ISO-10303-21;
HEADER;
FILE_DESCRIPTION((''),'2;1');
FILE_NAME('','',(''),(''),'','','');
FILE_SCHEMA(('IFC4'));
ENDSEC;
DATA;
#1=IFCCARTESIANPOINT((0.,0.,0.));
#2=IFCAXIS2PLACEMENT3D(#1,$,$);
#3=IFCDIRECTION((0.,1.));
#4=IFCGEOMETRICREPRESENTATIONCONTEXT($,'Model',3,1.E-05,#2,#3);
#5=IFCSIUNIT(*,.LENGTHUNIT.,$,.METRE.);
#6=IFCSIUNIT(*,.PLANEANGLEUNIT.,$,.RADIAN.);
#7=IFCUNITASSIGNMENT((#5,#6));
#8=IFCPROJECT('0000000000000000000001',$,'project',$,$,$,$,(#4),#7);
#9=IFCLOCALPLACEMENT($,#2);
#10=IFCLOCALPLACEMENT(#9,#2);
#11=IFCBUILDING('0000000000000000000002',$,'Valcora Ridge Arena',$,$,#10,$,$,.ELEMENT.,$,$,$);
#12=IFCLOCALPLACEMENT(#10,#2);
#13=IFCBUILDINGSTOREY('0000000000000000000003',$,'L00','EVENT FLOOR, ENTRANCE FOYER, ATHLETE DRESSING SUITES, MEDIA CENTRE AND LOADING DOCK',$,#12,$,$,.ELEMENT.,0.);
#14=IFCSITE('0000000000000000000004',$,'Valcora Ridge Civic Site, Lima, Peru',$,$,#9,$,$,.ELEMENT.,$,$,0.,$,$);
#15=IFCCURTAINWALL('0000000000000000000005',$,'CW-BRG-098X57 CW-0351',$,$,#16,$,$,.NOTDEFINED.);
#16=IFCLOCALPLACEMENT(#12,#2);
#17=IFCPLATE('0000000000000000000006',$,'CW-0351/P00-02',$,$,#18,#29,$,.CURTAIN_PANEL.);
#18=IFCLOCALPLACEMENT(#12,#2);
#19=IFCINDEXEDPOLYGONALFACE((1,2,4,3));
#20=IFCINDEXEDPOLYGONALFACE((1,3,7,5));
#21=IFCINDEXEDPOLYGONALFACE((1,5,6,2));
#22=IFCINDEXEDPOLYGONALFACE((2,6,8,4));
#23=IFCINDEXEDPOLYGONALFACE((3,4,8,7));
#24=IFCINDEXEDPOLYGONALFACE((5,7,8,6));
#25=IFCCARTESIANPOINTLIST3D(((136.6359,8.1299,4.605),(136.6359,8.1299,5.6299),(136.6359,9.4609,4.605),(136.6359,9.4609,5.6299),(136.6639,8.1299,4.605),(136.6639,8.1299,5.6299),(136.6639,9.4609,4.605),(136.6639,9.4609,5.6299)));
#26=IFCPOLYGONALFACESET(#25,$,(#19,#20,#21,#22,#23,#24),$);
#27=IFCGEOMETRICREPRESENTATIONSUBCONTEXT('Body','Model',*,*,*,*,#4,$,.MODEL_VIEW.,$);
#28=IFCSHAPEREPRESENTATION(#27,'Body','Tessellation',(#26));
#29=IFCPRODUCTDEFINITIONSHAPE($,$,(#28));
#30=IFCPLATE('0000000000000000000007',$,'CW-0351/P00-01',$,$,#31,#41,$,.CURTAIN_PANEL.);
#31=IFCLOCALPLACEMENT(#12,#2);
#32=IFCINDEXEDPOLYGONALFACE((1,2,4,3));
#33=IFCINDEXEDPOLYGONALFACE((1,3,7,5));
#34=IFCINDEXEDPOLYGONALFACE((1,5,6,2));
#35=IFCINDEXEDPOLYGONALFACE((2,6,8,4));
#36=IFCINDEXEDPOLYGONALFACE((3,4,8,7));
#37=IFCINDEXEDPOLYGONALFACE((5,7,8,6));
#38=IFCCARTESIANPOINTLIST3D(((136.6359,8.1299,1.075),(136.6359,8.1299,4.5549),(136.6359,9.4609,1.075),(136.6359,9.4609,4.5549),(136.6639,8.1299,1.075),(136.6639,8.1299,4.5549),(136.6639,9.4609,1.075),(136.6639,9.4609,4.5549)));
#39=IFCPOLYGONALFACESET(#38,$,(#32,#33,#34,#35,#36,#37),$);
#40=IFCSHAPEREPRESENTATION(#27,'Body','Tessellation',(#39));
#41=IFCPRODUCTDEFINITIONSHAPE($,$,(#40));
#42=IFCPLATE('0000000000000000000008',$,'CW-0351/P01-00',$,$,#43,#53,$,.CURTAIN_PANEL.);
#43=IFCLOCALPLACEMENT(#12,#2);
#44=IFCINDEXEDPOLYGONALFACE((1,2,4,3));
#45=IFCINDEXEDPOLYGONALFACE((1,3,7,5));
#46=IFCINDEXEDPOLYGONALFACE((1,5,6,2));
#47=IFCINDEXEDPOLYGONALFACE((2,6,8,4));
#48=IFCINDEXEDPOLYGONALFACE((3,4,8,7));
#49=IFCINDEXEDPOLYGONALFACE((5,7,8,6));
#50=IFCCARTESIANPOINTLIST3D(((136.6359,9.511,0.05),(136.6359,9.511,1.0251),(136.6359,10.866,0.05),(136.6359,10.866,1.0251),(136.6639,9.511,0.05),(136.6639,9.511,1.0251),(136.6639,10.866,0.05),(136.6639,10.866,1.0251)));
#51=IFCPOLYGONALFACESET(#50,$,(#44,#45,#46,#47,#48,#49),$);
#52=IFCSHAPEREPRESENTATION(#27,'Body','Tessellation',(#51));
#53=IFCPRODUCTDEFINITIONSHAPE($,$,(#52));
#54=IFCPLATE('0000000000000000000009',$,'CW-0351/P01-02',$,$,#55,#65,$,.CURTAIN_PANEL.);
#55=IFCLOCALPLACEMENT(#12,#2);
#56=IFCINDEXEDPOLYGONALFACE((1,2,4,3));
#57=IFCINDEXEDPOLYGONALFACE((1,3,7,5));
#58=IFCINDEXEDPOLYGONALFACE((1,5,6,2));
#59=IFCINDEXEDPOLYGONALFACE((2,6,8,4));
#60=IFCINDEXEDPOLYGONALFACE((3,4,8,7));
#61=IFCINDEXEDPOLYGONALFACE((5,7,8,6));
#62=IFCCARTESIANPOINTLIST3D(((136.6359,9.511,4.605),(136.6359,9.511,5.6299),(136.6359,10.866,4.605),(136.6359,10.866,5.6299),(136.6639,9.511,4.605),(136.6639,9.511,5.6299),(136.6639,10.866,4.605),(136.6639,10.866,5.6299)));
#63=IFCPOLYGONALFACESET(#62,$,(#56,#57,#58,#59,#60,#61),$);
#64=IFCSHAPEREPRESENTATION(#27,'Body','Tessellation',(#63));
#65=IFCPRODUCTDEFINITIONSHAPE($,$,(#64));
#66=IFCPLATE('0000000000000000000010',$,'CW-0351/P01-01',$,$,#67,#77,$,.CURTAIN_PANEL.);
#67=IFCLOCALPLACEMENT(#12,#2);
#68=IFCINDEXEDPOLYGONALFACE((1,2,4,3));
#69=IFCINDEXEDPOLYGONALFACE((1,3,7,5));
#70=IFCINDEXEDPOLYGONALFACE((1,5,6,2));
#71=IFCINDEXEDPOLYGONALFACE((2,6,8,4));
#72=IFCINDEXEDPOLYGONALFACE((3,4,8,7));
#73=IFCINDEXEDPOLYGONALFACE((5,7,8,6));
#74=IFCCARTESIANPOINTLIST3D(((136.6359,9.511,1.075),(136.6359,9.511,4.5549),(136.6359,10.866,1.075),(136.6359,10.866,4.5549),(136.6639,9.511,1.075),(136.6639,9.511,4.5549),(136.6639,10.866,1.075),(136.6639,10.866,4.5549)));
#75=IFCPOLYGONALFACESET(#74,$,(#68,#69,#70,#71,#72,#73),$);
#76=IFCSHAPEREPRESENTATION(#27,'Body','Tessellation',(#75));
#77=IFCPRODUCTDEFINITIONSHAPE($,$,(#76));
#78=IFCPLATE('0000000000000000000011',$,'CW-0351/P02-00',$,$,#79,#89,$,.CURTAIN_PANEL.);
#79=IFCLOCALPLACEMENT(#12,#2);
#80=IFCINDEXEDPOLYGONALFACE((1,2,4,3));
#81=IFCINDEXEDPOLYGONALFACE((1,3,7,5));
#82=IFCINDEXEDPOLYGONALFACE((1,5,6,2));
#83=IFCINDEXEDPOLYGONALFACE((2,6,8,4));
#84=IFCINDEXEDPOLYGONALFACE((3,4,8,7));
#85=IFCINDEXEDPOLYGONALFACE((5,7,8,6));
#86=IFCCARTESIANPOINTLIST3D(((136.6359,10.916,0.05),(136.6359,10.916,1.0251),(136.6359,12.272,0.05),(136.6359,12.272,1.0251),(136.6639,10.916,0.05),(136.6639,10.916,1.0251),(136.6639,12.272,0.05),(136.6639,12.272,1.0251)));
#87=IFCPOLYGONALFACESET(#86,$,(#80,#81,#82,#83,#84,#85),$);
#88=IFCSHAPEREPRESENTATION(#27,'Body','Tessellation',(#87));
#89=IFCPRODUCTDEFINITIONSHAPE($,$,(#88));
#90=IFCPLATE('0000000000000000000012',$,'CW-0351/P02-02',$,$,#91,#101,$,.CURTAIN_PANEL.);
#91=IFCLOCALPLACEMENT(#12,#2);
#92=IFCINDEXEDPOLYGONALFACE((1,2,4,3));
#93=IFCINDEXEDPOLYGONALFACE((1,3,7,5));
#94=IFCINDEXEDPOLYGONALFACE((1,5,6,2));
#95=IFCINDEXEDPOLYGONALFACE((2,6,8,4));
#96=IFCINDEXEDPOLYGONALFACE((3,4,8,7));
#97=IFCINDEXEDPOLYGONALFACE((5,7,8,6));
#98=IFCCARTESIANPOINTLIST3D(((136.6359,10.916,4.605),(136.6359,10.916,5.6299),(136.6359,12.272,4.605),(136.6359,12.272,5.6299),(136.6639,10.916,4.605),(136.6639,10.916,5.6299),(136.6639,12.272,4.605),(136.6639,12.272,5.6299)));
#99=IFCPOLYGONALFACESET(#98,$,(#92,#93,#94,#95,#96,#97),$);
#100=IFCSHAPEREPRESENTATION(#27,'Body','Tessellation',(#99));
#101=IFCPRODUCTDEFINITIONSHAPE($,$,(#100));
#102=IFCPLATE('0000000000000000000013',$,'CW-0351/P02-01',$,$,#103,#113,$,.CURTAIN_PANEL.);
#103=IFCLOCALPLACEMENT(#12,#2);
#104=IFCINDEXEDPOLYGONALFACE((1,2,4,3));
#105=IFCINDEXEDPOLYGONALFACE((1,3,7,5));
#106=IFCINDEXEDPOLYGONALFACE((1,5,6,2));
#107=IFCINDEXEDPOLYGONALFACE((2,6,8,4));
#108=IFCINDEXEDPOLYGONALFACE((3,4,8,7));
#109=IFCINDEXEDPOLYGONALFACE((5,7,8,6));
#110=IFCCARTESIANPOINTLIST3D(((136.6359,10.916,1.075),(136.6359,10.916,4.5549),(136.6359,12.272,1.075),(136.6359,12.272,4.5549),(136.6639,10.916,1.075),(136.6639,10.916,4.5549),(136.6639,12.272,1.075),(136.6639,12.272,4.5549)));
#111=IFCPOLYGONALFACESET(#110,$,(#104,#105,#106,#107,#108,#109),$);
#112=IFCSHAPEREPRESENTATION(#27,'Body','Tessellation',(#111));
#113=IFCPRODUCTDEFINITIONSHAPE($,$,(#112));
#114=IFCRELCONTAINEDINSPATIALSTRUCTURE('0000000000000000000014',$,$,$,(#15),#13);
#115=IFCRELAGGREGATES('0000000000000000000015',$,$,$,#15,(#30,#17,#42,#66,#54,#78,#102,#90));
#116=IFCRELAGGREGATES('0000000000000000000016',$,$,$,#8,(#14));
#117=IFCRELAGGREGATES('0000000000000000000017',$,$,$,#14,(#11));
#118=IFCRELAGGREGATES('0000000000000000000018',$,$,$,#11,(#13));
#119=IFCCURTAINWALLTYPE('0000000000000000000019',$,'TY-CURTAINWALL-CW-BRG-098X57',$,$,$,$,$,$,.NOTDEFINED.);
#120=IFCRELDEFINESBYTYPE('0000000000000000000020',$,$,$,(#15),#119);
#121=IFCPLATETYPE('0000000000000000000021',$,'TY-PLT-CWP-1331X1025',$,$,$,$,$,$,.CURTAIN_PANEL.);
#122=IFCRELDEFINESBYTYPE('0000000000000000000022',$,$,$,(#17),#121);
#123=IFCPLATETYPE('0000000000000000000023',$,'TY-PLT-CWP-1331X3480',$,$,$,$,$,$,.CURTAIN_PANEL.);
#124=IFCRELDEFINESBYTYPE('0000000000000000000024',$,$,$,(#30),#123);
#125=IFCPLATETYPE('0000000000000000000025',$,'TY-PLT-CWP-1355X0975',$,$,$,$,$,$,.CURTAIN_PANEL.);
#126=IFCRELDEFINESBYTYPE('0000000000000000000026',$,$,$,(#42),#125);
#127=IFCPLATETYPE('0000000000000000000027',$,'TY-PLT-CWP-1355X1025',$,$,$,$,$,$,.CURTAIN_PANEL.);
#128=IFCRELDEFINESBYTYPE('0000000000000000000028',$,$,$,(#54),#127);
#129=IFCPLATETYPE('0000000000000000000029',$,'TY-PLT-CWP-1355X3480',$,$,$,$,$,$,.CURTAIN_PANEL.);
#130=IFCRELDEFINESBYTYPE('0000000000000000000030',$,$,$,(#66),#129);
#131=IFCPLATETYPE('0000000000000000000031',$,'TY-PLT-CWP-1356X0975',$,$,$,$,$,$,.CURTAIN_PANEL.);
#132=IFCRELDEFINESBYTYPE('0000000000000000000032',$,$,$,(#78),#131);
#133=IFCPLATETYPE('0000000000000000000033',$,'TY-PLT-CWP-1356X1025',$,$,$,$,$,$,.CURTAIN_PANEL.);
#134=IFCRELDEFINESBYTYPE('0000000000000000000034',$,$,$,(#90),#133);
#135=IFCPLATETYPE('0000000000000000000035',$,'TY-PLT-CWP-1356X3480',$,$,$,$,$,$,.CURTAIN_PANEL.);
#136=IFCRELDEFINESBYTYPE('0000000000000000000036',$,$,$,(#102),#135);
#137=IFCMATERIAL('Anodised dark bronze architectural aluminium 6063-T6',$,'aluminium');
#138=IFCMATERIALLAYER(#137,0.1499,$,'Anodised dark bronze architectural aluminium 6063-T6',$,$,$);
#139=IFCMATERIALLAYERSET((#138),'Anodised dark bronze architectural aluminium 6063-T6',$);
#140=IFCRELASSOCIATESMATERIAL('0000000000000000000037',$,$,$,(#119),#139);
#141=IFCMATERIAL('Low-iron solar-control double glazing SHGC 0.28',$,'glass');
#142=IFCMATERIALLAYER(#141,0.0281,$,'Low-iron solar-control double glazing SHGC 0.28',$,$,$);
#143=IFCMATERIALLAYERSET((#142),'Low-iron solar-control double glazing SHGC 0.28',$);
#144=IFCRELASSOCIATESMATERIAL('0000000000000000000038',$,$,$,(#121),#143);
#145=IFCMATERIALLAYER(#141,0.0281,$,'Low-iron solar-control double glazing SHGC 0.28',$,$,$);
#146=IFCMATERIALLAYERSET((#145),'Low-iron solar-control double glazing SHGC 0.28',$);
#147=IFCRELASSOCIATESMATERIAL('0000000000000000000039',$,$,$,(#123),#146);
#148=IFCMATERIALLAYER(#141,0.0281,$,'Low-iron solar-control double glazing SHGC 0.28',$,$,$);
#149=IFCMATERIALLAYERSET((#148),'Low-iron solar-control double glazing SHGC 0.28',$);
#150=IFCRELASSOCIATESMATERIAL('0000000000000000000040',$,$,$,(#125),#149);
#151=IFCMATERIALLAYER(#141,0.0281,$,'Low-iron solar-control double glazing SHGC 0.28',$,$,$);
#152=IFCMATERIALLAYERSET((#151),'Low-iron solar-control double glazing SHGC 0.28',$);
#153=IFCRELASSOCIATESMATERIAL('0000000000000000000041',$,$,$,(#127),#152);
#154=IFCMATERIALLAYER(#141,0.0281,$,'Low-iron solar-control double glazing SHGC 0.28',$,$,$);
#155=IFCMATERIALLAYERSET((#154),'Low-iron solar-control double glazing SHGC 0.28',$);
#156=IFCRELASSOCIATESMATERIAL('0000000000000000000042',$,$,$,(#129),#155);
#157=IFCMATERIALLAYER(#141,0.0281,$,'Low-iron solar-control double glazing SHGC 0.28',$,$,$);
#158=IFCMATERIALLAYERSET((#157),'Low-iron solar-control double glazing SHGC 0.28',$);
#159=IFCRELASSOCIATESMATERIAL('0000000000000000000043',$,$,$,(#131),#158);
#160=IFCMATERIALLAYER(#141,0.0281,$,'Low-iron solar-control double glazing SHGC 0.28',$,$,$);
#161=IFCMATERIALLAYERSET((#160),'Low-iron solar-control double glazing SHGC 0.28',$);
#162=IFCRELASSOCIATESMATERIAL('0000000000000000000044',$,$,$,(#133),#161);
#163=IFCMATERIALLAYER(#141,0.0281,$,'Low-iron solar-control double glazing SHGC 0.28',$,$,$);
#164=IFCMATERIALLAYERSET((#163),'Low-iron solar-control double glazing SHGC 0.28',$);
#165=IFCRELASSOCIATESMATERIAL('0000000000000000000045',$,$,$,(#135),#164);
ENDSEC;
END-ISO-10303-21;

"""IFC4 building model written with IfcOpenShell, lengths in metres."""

from ifc_helpers import new_model, si_unit, direction, frame, origin, origin_2d, place, context, subcontext, project, spatial, rectangle, extrude, material, layer, layer_set, type_object, element, aggregate, save


model = new_model("IFC4")

# Units and contexts
model_context = context("Model", 3, precision=1e-05, world=origin(), true_north=direction((0.0, 1.0)))
body_context = subcontext(model_context, "Body", "Model", "MODEL_VIEW")
ifc_project = project(units=[si_unit("LENGTHUNIT", "METRE"), si_unit("PLANEANGLEUNIT", "RADIAN")], contexts=[model_context])

# Site, building, storey
site_placement = place(None, origin())
site = spatial("IfcSite", under=ifc_project, at=site_placement, Name="Valcora Ridge Civic Site, Lima, Peru", CompositionType="ELEMENT", RefElevation=0.0)
building_placement = place(site_placement, origin())
building = spatial("IfcBuilding", under=site, at=building_placement, Name="Valcora Ridge Arena", CompositionType="ELEMENT")
storey_placement = place(building_placement, origin())
storey = spatial("IfcBuildingStorey", under=building, at=storey_placement, Name="L00", Description="EVENT FLOOR, ENTRANCE FOYER, ATHLETE DRESSING SUITES, MEDIA CENTRE AND LOADING DOCK", CompositionType="ELEMENT", Elevation=0.0)

# Curtain wall
ifc_material_1 = material(Name="Anodised dark bronze architectural aluminium 6063-T6", Category="aluminium")
ifc_layer_1 = layer(ifc_material_1, 0.1499, Name="Anodised dark bronze architectural aluminium 6063-T6")
ifc_layer_set_1 = layer_set([ifc_layer_1], Name="Anodised dark bronze architectural aluminium 6063-T6")
curtain_wall_type = type_object("IfcCurtainWallType", Name="TY-CURTAINWALL-CW-BRG-098X57", PredefinedType="NOTDEFINED", material=ifc_layer_set_1)
curtain_wall_1_placement = place(storey_placement, origin())
curtain_wall_1 = element("IfcCurtainWall", 1, at=curtain_wall_1_placement, inside=storey, type_object=curtain_wall_type, Name="CW-BRG-098X57 CW-0351", PredefinedType="NOTDEFINED")

# Plates
ifc_material_2 = material(Name="Low-iron solar-control double glazing SHGC 0.28", Category="glass")
ifc_layer_2 = layer(ifc_material_2, 0.0281, Name="Low-iron solar-control double glazing SHGC 0.28")
ifc_layer_set_2 = layer_set([ifc_layer_2], Name="Low-iron solar-control double glazing SHGC 0.28")
plate_type_1 = type_object("IfcPlateType", Name="TY-PLT-CWP-1331X1025", PredefinedType="CURTAIN_PANEL", material=ifc_layer_set_2)
plate_1_placement = place(storey_placement, frame((136.6499, 8.7954, 4.605), z_axis=(0.0, 0.0, 1.0), x_axis=(0.0, 1.0, 0.0)))
plate_1 = element("IfcPlate", 2, at=plate_1_placement, type_object=plate_type_1, Name="CW-0351/P00-02", PredefinedType="CURTAIN_PANEL", context=body_context, shape_type="SweptSolid", body=[
    extrude(rectangle(XDim=1.3311, YDim=0.0281, at=origin_2d()), origin(), (0.0, 0.0, 1.0), 1.0249),
])
ifc_layer_3 = layer(ifc_material_2, 0.0281, Name="Low-iron solar-control double glazing SHGC 0.28")
ifc_layer_set_3 = layer_set([ifc_layer_3], Name="Low-iron solar-control double glazing SHGC 0.28")
plate_type_2 = type_object("IfcPlateType", Name="TY-PLT-CWP-1331X3480", PredefinedType="CURTAIN_PANEL", material=ifc_layer_set_3)
plate_2_placement = place(storey_placement, frame((136.6499, 8.7954, 1.075), z_axis=(0.0, 0.0, 1.0), x_axis=(0.0, 1.0, 0.0)))
plate_2 = element("IfcPlate", 3, at=plate_2_placement, type_object=plate_type_2, Name="CW-0351/P00-01", PredefinedType="CURTAIN_PANEL", context=body_context, shape_type="SweptSolid", body=[
    extrude(rectangle(XDim=1.3311, YDim=0.0281, at=origin_2d()), origin(), (0.0, 0.0, 1.0), 3.48),
])
ifc_layer_4 = layer(ifc_material_2, 0.0281, Name="Low-iron solar-control double glazing SHGC 0.28")
ifc_layer_set_4 = layer_set([ifc_layer_4], Name="Low-iron solar-control double glazing SHGC 0.28")
plate_type_3 = type_object("IfcPlateType", Name="TY-PLT-CWP-1355X0975", PredefinedType="CURTAIN_PANEL", material=ifc_layer_set_4)
plate_3_placement = place(storey_placement, frame((136.6499, 10.1885, 0.05), z_axis=(0.0, 0.0, 1.0), x_axis=(0.0, 1.0, 0.0)))
plate_3 = element("IfcPlate", 4, at=plate_3_placement, type_object=plate_type_3, Name="CW-0351/P01-00", PredefinedType="CURTAIN_PANEL", context=body_context, shape_type="SweptSolid", body=[
    extrude(rectangle(XDim=1.355, YDim=0.0281, at=origin_2d()), origin(), (0.0, 0.0, 1.0), 0.9751),
])
ifc_layer_5 = layer(ifc_material_2, 0.0281, Name="Low-iron solar-control double glazing SHGC 0.28")
ifc_layer_set_5 = layer_set([ifc_layer_5], Name="Low-iron solar-control double glazing SHGC 0.28")
plate_type_4 = type_object("IfcPlateType", Name="TY-PLT-CWP-1355X1025", PredefinedType="CURTAIN_PANEL", material=ifc_layer_set_5)
plate_4_placement = place(storey_placement, frame((136.6499, 10.1885, 4.605), z_axis=(0.0, 0.0, 1.0), x_axis=(0.0, 1.0, 0.0)))
plate_4 = element("IfcPlate", 5, at=plate_4_placement, type_object=plate_type_4, Name="CW-0351/P01-02", PredefinedType="CURTAIN_PANEL", context=body_context, shape_type="SweptSolid", body=[
    extrude(rectangle(XDim=1.355, YDim=0.0281, at=origin_2d()), origin(), (0.0, 0.0, 1.0), 1.0249),
])
ifc_layer_6 = layer(ifc_material_2, 0.0281, Name="Low-iron solar-control double glazing SHGC 0.28")
ifc_layer_set_6 = layer_set([ifc_layer_6], Name="Low-iron solar-control double glazing SHGC 0.28")
plate_type_5 = type_object("IfcPlateType", Name="TY-PLT-CWP-1355X3480", PredefinedType="CURTAIN_PANEL", material=ifc_layer_set_6)
plate_5_placement = place(storey_placement, frame((136.6499, 10.1885, 1.075), z_axis=(0.0, 0.0, 1.0), x_axis=(0.0, 1.0, 0.0)))
plate_5 = element("IfcPlate", 6, at=plate_5_placement, type_object=plate_type_5, Name="CW-0351/P01-01", PredefinedType="CURTAIN_PANEL", context=body_context, shape_type="SweptSolid", body=[
    extrude(rectangle(XDim=1.355, YDim=0.0281, at=origin_2d()), origin(), (0.0, 0.0, 1.0), 3.48),
])
ifc_layer_7 = layer(ifc_material_2, 0.0281, Name="Low-iron solar-control double glazing SHGC 0.28")
ifc_layer_set_7 = layer_set([ifc_layer_7], Name="Low-iron solar-control double glazing SHGC 0.28")
plate_type_6 = type_object("IfcPlateType", Name="TY-PLT-CWP-1356X0975", PredefinedType="CURTAIN_PANEL", material=ifc_layer_set_7)
plate_6_placement = place(storey_placement, frame((136.6499, 11.594, 0.05), z_axis=(0.0, 0.0, 1.0), x_axis=(0.0, 1.0, 0.0)))
plate_6 = element("IfcPlate", 7, at=plate_6_placement, type_object=plate_type_6, Name="CW-0351/P02-00", PredefinedType="CURTAIN_PANEL", context=body_context, shape_type="SweptSolid", body=[
    extrude(rectangle(XDim=1.356, YDim=0.0281, at=origin_2d()), origin(), (0.0, 0.0, 1.0), 0.9751),
])
ifc_layer_8 = layer(ifc_material_2, 0.0281, Name="Low-iron solar-control double glazing SHGC 0.28")
ifc_layer_set_8 = layer_set([ifc_layer_8], Name="Low-iron solar-control double glazing SHGC 0.28")
plate_type_7 = type_object("IfcPlateType", Name="TY-PLT-CWP-1356X1025", PredefinedType="CURTAIN_PANEL", material=ifc_layer_set_8)
plate_7_placement = place(storey_placement, frame((136.6499, 11.594, 4.605), z_axis=(0.0, 0.0, 1.0), x_axis=(0.0, 1.0, 0.0)))
plate_7 = element("IfcPlate", 8, at=plate_7_placement, type_object=plate_type_7, Name="CW-0351/P02-02", PredefinedType="CURTAIN_PANEL", context=body_context, shape_type="SweptSolid", body=[
    extrude(rectangle(XDim=1.356, YDim=0.0281, at=origin_2d()), origin(), (0.0, 0.0, 1.0), 1.0249),
])
ifc_layer_9 = layer(ifc_material_2, 0.0281, Name="Low-iron solar-control double glazing SHGC 0.28")
ifc_layer_set_9 = layer_set([ifc_layer_9], Name="Low-iron solar-control double glazing SHGC 0.28")
plate_type_8 = type_object("IfcPlateType", Name="TY-PLT-CWP-1356X3480", PredefinedType="CURTAIN_PANEL", material=ifc_layer_set_9)
plate_8_placement = place(storey_placement, frame((136.6499, 11.594, 1.075), z_axis=(0.0, 0.0, 1.0), x_axis=(0.0, 1.0, 0.0)))
plate_8 = element("IfcPlate", 9, at=plate_8_placement, type_object=plate_type_8, Name="CW-0351/P02-01", PredefinedType="CURTAIN_PANEL", context=body_context, shape_type="SweptSolid", body=[
    extrude(rectangle(XDim=1.356, YDim=0.0281, at=origin_2d()), origin(), (0.0, 0.0, 1.0), 3.48),
])
aggregate(curtain_wall_1, [plate_2, plate_1, plate_3, plate_5, plate_4, plate_6, plate_8, plate_7])

save(model, "model.ifc")
